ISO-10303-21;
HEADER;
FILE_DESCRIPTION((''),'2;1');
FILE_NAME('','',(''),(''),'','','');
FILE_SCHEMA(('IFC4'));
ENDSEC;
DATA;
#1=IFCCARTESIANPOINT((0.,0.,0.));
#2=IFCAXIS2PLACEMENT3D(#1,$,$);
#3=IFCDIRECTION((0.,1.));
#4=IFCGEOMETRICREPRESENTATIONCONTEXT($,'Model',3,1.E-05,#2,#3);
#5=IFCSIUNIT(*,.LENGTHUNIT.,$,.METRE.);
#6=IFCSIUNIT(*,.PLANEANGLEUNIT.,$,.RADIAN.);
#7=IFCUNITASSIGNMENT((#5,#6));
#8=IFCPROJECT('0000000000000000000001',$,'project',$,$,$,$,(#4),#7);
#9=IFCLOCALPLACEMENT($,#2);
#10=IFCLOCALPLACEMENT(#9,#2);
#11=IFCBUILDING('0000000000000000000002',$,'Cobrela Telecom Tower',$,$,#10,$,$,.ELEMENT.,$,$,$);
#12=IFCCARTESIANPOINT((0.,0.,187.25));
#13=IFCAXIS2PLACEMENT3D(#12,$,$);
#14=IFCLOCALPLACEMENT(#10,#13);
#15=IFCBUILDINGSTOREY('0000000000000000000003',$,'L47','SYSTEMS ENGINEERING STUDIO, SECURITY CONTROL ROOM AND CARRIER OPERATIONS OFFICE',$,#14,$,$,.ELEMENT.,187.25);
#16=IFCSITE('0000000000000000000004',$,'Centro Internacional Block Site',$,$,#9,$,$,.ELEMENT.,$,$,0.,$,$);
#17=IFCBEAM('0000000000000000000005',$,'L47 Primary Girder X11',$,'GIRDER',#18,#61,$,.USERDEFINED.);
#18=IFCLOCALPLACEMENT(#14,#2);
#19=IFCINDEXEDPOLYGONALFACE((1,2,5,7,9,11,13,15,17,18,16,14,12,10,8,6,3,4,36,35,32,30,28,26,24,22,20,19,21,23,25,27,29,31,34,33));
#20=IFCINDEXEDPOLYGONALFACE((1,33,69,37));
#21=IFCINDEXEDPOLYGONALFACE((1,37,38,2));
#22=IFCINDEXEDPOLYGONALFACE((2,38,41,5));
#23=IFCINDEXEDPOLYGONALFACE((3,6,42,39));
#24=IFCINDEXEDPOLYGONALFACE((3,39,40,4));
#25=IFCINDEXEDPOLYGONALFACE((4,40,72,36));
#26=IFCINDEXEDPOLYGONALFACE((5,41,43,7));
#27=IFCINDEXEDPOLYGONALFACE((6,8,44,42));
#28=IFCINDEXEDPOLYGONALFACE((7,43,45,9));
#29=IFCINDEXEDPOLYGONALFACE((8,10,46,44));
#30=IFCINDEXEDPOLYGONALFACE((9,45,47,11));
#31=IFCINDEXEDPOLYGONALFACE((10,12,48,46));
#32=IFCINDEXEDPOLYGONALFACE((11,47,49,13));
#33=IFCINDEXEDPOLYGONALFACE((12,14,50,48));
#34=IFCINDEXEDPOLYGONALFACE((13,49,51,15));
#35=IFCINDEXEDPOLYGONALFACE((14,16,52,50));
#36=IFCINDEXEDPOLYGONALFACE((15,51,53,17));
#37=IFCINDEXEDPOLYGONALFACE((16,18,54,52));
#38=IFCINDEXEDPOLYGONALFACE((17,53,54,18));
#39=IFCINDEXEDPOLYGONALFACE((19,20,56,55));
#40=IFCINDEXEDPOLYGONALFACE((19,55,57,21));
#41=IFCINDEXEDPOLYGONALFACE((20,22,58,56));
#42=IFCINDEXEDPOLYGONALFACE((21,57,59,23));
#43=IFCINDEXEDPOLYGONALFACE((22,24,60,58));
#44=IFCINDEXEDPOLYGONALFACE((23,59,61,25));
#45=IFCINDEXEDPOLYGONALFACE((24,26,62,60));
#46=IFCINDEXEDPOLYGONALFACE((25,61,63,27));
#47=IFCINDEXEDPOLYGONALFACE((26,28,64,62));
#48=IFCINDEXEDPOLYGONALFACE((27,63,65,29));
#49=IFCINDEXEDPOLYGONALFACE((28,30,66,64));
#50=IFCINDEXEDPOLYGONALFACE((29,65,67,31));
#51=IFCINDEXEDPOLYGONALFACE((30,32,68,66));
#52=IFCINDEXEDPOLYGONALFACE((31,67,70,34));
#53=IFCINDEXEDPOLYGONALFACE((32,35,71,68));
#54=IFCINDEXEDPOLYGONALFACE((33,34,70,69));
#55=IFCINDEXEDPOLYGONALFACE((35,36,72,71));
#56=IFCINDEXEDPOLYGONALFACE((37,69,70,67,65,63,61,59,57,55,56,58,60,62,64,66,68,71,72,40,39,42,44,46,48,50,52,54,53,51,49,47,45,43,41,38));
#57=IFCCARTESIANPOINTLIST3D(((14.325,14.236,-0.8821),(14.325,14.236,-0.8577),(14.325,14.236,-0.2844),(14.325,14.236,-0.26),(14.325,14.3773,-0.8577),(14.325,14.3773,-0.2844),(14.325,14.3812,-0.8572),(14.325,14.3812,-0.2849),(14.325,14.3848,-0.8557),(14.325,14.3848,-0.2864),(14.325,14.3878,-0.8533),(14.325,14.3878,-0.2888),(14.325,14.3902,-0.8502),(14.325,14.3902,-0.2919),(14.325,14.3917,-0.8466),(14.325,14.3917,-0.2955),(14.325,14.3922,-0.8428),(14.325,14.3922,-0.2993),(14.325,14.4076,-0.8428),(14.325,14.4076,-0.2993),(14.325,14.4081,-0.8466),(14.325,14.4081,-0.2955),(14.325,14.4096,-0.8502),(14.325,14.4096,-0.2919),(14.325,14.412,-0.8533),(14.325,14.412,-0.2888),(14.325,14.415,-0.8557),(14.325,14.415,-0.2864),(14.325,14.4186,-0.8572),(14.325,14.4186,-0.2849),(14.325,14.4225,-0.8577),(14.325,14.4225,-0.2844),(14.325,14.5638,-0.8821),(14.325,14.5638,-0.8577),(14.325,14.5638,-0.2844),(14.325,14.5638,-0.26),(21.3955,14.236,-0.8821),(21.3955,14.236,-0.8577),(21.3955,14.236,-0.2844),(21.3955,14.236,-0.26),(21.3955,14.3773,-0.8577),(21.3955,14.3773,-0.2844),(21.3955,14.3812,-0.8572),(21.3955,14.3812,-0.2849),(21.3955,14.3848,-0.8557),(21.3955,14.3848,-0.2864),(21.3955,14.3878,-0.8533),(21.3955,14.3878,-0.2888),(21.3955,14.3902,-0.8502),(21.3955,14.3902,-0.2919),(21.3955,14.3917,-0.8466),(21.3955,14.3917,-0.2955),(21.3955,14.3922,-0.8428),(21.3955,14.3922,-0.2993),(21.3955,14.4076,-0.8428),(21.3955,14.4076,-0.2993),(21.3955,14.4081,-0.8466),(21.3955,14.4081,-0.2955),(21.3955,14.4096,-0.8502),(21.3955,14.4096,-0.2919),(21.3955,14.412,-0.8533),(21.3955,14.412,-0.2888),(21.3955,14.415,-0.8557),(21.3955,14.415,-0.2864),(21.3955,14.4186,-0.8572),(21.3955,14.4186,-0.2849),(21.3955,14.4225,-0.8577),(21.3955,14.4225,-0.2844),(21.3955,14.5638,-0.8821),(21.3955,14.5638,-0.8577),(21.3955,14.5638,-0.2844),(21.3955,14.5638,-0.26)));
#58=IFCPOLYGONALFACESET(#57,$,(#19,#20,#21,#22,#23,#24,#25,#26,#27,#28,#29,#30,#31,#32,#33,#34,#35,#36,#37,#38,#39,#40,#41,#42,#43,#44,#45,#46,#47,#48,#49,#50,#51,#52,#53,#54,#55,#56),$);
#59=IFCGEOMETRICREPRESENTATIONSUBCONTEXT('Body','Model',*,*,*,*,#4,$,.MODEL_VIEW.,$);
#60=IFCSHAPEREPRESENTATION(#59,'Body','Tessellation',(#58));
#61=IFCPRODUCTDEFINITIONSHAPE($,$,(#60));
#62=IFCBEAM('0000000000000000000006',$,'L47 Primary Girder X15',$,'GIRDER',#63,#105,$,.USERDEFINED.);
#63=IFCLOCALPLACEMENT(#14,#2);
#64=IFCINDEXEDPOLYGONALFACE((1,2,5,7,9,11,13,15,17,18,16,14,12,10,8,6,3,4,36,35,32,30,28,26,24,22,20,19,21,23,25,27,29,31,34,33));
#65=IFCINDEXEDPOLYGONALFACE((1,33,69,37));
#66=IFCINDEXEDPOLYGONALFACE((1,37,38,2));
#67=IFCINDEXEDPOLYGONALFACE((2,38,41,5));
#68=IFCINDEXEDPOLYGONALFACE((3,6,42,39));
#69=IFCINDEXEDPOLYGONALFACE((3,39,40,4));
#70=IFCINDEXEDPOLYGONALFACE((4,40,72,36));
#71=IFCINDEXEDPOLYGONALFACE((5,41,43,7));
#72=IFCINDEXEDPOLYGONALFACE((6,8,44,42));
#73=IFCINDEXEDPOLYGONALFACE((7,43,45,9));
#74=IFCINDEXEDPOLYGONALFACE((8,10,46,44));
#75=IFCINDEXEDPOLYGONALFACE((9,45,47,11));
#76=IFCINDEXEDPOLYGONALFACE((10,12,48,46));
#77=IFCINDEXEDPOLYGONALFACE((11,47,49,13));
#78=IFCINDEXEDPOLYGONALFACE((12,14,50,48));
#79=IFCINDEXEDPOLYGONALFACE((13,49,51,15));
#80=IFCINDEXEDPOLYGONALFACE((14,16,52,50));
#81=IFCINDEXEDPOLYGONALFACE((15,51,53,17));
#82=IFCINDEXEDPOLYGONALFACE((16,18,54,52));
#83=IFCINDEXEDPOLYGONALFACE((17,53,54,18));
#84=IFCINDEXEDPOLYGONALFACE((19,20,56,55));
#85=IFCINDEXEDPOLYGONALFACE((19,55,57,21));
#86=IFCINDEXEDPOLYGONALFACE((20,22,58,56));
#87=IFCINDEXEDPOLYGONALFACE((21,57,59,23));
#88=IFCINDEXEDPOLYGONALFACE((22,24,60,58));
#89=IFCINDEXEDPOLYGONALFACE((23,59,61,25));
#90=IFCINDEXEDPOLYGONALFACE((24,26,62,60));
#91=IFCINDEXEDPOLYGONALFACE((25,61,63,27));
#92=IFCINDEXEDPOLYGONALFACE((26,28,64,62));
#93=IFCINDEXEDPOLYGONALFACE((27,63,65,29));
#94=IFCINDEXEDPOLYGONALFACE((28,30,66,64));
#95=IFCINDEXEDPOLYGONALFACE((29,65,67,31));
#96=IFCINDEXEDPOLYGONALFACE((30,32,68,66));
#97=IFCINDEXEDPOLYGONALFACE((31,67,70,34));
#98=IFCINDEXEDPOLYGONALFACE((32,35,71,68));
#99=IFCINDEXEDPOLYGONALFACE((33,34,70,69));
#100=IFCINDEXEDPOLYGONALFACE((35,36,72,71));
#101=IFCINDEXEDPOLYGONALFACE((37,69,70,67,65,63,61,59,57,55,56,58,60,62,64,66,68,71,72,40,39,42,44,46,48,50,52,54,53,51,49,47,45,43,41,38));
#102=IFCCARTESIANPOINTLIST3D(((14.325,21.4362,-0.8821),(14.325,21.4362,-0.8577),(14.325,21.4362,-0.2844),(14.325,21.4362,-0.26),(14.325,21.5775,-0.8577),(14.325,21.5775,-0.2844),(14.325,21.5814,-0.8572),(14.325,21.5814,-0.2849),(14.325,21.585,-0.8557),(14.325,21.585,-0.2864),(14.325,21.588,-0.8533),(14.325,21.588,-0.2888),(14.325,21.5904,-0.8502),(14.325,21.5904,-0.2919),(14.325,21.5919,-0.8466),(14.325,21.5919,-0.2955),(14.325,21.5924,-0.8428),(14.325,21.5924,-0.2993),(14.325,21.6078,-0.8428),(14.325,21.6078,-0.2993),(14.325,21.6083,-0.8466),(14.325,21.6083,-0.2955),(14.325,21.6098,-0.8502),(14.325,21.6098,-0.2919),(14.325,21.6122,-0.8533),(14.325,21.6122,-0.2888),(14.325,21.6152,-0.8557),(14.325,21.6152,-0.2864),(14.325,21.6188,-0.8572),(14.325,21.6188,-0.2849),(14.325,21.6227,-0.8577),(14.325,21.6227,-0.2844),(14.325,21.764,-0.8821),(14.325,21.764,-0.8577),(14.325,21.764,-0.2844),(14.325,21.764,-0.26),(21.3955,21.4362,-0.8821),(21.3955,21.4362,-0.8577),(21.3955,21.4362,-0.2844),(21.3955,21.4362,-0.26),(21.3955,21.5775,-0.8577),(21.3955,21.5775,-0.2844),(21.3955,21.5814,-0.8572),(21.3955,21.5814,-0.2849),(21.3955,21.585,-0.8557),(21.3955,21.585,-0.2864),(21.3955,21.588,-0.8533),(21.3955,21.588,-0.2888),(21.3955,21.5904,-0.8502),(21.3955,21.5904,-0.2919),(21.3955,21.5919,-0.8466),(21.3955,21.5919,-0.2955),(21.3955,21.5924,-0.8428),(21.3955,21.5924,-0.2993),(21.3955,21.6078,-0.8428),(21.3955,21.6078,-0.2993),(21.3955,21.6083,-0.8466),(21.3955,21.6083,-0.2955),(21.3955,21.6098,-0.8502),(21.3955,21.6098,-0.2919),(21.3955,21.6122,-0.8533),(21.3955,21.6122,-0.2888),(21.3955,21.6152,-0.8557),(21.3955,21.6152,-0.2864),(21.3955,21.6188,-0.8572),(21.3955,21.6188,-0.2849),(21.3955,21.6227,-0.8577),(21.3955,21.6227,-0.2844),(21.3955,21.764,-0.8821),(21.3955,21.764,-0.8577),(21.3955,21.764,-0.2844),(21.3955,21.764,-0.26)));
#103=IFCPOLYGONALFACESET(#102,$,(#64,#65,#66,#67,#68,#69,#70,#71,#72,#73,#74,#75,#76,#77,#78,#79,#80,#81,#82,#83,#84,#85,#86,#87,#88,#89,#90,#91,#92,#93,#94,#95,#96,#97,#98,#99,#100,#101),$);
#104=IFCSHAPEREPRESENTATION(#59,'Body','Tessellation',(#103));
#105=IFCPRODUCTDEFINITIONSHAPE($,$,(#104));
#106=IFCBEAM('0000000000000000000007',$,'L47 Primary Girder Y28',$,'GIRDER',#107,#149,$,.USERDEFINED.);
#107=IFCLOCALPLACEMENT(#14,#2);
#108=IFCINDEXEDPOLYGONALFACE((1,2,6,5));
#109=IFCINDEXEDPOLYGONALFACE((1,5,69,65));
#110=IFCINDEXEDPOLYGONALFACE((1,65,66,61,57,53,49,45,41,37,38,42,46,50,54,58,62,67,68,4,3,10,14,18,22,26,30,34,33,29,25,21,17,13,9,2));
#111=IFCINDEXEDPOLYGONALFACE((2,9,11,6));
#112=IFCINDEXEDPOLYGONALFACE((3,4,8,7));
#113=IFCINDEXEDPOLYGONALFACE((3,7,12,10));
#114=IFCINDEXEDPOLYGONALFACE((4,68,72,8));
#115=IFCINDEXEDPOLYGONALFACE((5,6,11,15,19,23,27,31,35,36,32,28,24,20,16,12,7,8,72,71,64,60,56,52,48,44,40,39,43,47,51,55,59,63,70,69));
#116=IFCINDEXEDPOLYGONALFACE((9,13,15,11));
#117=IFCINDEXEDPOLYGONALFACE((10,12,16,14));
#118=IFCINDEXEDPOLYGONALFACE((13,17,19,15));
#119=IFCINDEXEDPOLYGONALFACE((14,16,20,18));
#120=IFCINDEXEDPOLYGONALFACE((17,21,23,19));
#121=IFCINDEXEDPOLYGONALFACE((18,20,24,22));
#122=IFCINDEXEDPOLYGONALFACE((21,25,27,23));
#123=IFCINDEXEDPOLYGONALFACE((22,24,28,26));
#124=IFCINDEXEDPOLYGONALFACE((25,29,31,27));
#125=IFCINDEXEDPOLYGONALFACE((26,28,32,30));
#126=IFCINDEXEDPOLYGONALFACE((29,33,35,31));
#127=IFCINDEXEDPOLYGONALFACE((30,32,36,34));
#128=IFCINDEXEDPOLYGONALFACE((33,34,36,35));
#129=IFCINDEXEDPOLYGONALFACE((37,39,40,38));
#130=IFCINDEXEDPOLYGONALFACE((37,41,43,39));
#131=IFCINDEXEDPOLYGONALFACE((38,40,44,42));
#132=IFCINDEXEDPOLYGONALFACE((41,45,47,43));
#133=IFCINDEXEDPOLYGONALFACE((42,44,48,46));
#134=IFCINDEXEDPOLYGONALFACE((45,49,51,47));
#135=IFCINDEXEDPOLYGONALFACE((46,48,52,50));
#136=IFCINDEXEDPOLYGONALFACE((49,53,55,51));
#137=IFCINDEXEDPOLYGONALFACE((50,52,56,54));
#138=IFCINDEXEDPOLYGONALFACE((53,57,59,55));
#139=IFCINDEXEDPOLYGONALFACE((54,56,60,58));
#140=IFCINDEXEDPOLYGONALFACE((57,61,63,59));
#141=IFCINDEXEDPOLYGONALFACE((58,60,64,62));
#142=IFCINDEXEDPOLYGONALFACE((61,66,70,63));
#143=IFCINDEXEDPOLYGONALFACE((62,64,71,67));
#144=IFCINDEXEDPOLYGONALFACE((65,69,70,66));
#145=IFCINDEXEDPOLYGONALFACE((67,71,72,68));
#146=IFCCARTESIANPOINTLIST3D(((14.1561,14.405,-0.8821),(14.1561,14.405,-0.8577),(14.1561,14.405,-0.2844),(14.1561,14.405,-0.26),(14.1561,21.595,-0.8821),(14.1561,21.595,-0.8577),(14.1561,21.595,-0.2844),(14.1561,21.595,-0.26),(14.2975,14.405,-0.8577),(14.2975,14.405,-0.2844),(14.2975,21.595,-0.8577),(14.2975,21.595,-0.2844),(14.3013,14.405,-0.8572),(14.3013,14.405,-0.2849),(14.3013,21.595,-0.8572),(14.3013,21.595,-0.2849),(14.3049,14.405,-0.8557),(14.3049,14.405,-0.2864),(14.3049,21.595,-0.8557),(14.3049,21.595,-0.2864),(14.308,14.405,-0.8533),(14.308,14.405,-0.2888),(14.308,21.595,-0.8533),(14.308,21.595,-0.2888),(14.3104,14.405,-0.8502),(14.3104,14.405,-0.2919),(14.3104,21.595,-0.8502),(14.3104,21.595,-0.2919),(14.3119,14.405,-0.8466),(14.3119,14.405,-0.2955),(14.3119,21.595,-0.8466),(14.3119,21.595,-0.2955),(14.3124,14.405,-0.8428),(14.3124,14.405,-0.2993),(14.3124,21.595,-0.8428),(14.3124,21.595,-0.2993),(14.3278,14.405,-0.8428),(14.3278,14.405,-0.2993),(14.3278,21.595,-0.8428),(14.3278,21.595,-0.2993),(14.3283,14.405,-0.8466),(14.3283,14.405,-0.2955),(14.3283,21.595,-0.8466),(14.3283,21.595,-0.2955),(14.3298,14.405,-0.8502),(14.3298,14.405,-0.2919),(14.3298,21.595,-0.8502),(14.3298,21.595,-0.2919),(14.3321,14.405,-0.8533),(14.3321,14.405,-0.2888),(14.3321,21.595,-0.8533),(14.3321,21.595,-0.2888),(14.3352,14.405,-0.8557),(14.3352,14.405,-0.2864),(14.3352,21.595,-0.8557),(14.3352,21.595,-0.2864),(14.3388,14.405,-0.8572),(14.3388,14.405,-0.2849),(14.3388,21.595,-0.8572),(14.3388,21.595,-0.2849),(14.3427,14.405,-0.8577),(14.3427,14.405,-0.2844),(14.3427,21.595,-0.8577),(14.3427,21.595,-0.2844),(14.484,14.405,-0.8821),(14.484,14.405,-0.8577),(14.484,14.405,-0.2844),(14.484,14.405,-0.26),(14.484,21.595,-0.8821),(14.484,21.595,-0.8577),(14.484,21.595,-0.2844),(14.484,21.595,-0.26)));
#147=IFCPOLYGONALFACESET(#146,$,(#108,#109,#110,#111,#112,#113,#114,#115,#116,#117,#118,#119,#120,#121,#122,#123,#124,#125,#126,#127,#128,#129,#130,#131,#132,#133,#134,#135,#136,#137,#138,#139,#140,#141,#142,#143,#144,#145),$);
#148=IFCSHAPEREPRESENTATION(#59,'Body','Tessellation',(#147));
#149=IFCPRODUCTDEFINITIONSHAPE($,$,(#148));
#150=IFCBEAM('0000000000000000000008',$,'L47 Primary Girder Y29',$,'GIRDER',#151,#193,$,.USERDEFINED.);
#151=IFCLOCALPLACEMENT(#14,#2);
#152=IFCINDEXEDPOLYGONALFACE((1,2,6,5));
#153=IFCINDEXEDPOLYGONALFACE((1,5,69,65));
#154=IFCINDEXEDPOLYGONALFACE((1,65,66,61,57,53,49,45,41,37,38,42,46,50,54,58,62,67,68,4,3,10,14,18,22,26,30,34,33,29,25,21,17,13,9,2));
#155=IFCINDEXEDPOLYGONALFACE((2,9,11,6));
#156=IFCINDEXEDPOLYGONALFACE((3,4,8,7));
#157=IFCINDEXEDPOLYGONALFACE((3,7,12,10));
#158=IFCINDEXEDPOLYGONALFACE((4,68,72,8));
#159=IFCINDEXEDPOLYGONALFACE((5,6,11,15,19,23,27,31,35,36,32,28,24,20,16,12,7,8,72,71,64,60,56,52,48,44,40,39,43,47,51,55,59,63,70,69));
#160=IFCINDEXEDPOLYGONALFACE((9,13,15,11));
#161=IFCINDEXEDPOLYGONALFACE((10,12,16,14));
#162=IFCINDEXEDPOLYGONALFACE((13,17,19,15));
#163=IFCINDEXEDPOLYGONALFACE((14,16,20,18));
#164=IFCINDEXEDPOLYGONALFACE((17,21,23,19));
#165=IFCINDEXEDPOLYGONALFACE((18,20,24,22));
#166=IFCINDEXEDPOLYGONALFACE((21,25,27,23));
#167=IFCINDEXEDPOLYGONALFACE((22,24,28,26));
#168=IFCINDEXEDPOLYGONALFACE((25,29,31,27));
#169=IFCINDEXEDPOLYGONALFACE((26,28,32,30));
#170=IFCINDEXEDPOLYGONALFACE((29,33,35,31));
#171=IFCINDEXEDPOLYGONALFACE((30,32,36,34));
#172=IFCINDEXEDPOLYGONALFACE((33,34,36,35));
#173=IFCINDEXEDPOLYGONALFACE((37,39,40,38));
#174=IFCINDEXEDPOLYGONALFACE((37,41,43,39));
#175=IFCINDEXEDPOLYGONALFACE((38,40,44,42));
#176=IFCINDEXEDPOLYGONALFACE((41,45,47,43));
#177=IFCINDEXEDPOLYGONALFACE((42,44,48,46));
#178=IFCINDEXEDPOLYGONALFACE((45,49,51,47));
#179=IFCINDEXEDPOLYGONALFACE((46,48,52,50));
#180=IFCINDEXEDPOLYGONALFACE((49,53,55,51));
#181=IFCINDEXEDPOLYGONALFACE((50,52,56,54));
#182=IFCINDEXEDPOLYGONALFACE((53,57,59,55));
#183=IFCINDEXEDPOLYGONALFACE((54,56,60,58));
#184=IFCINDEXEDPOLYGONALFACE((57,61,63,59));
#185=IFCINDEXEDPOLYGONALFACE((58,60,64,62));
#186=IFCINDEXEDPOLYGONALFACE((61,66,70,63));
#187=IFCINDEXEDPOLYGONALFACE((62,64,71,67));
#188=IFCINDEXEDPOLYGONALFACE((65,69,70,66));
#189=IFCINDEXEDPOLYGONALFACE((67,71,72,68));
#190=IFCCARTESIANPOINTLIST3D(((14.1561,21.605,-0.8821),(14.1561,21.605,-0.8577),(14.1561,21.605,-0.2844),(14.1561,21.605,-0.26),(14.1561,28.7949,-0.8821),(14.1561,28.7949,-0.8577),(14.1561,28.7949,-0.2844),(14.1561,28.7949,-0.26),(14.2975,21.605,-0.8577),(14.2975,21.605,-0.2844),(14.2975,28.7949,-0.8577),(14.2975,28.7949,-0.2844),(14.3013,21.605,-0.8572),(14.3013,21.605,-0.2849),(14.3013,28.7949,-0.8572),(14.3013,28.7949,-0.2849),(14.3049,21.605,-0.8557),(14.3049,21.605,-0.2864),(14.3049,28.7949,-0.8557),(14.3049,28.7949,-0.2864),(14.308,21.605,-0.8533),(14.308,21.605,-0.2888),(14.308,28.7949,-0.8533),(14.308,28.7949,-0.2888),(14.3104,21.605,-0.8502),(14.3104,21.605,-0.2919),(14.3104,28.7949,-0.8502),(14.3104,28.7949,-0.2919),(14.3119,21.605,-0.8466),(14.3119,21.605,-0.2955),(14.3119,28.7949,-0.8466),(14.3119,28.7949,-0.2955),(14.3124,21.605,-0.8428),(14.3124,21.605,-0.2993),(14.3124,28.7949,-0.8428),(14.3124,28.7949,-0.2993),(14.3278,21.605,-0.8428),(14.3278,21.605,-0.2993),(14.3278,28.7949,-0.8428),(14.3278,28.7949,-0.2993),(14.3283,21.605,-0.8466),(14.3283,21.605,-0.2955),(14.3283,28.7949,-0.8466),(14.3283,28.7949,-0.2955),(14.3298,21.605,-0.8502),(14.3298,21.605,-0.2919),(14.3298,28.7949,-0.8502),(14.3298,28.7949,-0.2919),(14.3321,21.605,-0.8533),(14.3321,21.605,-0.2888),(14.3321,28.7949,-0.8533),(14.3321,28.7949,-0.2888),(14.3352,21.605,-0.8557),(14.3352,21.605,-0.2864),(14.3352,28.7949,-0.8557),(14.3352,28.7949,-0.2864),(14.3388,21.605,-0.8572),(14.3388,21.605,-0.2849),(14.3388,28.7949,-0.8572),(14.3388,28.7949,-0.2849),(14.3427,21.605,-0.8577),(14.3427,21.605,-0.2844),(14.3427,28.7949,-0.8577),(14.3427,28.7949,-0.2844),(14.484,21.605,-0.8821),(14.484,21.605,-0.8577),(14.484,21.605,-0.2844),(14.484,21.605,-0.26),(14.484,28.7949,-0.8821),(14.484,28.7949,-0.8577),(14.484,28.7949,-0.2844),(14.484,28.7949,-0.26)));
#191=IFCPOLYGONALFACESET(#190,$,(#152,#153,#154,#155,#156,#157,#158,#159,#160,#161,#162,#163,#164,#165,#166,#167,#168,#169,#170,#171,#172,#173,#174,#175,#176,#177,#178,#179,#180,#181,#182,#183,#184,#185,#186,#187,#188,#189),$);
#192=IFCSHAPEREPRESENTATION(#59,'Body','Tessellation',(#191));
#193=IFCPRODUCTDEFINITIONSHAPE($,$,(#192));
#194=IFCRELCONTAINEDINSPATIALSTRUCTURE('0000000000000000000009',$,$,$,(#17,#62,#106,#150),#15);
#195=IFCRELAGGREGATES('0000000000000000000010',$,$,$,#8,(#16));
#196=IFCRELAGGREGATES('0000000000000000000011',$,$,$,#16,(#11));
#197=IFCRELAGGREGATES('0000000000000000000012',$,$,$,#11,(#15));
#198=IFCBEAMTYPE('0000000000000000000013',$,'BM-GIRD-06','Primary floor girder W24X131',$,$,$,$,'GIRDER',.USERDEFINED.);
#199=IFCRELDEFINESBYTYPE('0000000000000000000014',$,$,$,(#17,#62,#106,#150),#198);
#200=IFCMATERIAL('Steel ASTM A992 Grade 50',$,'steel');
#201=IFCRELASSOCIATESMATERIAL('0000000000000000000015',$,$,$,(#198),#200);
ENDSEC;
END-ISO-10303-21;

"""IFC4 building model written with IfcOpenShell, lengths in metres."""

from ifc_helpers import new_model, si_unit, direction, frame, origin, origin_2d, place, context, subcontext, project, spatial, i_section, extrude, material, material_profile, profile_set, type_object, element, save


model = new_model("IFC4")

# Units and contexts
model_context = context("Model", 3, precision=1e-05, world=origin(), true_north=direction((0.0, 1.0)))
body_context = subcontext(model_context, "Body", "Model", "MODEL_VIEW")
ifc_project = project(units=[si_unit("LENGTHUNIT", "METRE"), si_unit("PLANEANGLEUNIT", "RADIAN")], contexts=[model_context])

# Site, building, storey
site_placement = place(None, origin())
site = spatial("IfcSite", under=ifc_project, at=site_placement, Name="Centro Internacional Block Site", CompositionType="ELEMENT", RefElevation=0.0)
building_placement = place(site_placement, origin())
building = spatial("IfcBuilding", under=site, at=building_placement, Name="Cobrela Telecom Tower", CompositionType="ELEMENT")
storey_placement = place(building_placement, frame((0.0, 0.0, 187.25)))
storey = spatial("IfcBuildingStorey", under=building, at=storey_placement, Name="L47", Description="SYSTEMS ENGINEERING STUDIO, SECURITY CONTROL ROOM AND CARRIER OPERATIONS OFFICE", CompositionType="ELEMENT", Elevation=187.25)

# Beams
ifc_material_1 = material(Name="Steel ASTM A992 Grade 50", Category="steel")
ifc_material_profile_1 = material_profile(ifc_material_1, i_section(OverallWidth=0.3279, OverallDepth=0.6221, WebThickness=0.0154, FlangeThickness=0.0244, FilletRadius=0.0149, at=origin_2d()), Name="W24X131")
ifc_profile_set_1 = profile_set([ifc_material_profile_1], Name="Steel ASTM A992 Grade 50")
beam_type_1 = type_object("IfcBeamType", Name="BM-GIRD-06", Description="Primary floor girder W24X131", ElementType="GIRDER", PredefinedType="USERDEFINED", material=ifc_profile_set_1)
for number, where, z_axis, x_axis, name in (
    (1, (14.325, 14.3999, -0.571), (1.0, 0.0, 0.0), (0.0, 1.0, 0.0), "L47 Primary Girder X11"),
    (2, (14.325, 21.6001, -0.571), (1.0, 0.0, 0.0), (0.0, 1.0, 0.0), "L47 Primary Girder X15"),
):
    element("IfcBeam", number, at=place(storey_placement, frame(where, z_axis=z_axis, x_axis=x_axis)), inside=storey, type_object=beam_type_1, Name=name, ObjectType="GIRDER", PredefinedType="USERDEFINED", context=body_context, shape_type="SweptSolid", body=[
        extrude(i_section(OverallWidth=0.3279, OverallDepth=0.6221, WebThickness=0.0154, FlangeThickness=0.0244, FilletRadius=0.0149, at=origin_2d()), origin(), (0.0, 0.0, 1.0), 7.0706),
    ])
for number, where, z_axis, x_axis, name in (
    (3, (14.3201, 14.405, -0.571), (0.0, 1.0, 0.0), (-1.0, 0.0, 0.0), "L47 Primary Girder Y28"),
    (4, (14.3201, 21.605, -0.571), (0.0, 1.0, 0.0), (-1.0, 0.0, 0.0), "L47 Primary Girder Y29"),
):
    element("IfcBeam", number, at=place(storey_placement, frame(where, z_axis=z_axis, x_axis=x_axis)), inside=storey, type_object=beam_type_1, Name=name, ObjectType="GIRDER", PredefinedType="USERDEFINED", context=body_context, shape_type="SweptSolid", body=[
        extrude(i_section(OverallWidth=0.3279, OverallDepth=0.6221, WebThickness=0.0154, FlangeThickness=0.0244, FilletRadius=0.0149, at=origin_2d()), origin(), (0.0, 0.0, 1.0), 7.1899),
    ])

save(model, "model.ifc")
